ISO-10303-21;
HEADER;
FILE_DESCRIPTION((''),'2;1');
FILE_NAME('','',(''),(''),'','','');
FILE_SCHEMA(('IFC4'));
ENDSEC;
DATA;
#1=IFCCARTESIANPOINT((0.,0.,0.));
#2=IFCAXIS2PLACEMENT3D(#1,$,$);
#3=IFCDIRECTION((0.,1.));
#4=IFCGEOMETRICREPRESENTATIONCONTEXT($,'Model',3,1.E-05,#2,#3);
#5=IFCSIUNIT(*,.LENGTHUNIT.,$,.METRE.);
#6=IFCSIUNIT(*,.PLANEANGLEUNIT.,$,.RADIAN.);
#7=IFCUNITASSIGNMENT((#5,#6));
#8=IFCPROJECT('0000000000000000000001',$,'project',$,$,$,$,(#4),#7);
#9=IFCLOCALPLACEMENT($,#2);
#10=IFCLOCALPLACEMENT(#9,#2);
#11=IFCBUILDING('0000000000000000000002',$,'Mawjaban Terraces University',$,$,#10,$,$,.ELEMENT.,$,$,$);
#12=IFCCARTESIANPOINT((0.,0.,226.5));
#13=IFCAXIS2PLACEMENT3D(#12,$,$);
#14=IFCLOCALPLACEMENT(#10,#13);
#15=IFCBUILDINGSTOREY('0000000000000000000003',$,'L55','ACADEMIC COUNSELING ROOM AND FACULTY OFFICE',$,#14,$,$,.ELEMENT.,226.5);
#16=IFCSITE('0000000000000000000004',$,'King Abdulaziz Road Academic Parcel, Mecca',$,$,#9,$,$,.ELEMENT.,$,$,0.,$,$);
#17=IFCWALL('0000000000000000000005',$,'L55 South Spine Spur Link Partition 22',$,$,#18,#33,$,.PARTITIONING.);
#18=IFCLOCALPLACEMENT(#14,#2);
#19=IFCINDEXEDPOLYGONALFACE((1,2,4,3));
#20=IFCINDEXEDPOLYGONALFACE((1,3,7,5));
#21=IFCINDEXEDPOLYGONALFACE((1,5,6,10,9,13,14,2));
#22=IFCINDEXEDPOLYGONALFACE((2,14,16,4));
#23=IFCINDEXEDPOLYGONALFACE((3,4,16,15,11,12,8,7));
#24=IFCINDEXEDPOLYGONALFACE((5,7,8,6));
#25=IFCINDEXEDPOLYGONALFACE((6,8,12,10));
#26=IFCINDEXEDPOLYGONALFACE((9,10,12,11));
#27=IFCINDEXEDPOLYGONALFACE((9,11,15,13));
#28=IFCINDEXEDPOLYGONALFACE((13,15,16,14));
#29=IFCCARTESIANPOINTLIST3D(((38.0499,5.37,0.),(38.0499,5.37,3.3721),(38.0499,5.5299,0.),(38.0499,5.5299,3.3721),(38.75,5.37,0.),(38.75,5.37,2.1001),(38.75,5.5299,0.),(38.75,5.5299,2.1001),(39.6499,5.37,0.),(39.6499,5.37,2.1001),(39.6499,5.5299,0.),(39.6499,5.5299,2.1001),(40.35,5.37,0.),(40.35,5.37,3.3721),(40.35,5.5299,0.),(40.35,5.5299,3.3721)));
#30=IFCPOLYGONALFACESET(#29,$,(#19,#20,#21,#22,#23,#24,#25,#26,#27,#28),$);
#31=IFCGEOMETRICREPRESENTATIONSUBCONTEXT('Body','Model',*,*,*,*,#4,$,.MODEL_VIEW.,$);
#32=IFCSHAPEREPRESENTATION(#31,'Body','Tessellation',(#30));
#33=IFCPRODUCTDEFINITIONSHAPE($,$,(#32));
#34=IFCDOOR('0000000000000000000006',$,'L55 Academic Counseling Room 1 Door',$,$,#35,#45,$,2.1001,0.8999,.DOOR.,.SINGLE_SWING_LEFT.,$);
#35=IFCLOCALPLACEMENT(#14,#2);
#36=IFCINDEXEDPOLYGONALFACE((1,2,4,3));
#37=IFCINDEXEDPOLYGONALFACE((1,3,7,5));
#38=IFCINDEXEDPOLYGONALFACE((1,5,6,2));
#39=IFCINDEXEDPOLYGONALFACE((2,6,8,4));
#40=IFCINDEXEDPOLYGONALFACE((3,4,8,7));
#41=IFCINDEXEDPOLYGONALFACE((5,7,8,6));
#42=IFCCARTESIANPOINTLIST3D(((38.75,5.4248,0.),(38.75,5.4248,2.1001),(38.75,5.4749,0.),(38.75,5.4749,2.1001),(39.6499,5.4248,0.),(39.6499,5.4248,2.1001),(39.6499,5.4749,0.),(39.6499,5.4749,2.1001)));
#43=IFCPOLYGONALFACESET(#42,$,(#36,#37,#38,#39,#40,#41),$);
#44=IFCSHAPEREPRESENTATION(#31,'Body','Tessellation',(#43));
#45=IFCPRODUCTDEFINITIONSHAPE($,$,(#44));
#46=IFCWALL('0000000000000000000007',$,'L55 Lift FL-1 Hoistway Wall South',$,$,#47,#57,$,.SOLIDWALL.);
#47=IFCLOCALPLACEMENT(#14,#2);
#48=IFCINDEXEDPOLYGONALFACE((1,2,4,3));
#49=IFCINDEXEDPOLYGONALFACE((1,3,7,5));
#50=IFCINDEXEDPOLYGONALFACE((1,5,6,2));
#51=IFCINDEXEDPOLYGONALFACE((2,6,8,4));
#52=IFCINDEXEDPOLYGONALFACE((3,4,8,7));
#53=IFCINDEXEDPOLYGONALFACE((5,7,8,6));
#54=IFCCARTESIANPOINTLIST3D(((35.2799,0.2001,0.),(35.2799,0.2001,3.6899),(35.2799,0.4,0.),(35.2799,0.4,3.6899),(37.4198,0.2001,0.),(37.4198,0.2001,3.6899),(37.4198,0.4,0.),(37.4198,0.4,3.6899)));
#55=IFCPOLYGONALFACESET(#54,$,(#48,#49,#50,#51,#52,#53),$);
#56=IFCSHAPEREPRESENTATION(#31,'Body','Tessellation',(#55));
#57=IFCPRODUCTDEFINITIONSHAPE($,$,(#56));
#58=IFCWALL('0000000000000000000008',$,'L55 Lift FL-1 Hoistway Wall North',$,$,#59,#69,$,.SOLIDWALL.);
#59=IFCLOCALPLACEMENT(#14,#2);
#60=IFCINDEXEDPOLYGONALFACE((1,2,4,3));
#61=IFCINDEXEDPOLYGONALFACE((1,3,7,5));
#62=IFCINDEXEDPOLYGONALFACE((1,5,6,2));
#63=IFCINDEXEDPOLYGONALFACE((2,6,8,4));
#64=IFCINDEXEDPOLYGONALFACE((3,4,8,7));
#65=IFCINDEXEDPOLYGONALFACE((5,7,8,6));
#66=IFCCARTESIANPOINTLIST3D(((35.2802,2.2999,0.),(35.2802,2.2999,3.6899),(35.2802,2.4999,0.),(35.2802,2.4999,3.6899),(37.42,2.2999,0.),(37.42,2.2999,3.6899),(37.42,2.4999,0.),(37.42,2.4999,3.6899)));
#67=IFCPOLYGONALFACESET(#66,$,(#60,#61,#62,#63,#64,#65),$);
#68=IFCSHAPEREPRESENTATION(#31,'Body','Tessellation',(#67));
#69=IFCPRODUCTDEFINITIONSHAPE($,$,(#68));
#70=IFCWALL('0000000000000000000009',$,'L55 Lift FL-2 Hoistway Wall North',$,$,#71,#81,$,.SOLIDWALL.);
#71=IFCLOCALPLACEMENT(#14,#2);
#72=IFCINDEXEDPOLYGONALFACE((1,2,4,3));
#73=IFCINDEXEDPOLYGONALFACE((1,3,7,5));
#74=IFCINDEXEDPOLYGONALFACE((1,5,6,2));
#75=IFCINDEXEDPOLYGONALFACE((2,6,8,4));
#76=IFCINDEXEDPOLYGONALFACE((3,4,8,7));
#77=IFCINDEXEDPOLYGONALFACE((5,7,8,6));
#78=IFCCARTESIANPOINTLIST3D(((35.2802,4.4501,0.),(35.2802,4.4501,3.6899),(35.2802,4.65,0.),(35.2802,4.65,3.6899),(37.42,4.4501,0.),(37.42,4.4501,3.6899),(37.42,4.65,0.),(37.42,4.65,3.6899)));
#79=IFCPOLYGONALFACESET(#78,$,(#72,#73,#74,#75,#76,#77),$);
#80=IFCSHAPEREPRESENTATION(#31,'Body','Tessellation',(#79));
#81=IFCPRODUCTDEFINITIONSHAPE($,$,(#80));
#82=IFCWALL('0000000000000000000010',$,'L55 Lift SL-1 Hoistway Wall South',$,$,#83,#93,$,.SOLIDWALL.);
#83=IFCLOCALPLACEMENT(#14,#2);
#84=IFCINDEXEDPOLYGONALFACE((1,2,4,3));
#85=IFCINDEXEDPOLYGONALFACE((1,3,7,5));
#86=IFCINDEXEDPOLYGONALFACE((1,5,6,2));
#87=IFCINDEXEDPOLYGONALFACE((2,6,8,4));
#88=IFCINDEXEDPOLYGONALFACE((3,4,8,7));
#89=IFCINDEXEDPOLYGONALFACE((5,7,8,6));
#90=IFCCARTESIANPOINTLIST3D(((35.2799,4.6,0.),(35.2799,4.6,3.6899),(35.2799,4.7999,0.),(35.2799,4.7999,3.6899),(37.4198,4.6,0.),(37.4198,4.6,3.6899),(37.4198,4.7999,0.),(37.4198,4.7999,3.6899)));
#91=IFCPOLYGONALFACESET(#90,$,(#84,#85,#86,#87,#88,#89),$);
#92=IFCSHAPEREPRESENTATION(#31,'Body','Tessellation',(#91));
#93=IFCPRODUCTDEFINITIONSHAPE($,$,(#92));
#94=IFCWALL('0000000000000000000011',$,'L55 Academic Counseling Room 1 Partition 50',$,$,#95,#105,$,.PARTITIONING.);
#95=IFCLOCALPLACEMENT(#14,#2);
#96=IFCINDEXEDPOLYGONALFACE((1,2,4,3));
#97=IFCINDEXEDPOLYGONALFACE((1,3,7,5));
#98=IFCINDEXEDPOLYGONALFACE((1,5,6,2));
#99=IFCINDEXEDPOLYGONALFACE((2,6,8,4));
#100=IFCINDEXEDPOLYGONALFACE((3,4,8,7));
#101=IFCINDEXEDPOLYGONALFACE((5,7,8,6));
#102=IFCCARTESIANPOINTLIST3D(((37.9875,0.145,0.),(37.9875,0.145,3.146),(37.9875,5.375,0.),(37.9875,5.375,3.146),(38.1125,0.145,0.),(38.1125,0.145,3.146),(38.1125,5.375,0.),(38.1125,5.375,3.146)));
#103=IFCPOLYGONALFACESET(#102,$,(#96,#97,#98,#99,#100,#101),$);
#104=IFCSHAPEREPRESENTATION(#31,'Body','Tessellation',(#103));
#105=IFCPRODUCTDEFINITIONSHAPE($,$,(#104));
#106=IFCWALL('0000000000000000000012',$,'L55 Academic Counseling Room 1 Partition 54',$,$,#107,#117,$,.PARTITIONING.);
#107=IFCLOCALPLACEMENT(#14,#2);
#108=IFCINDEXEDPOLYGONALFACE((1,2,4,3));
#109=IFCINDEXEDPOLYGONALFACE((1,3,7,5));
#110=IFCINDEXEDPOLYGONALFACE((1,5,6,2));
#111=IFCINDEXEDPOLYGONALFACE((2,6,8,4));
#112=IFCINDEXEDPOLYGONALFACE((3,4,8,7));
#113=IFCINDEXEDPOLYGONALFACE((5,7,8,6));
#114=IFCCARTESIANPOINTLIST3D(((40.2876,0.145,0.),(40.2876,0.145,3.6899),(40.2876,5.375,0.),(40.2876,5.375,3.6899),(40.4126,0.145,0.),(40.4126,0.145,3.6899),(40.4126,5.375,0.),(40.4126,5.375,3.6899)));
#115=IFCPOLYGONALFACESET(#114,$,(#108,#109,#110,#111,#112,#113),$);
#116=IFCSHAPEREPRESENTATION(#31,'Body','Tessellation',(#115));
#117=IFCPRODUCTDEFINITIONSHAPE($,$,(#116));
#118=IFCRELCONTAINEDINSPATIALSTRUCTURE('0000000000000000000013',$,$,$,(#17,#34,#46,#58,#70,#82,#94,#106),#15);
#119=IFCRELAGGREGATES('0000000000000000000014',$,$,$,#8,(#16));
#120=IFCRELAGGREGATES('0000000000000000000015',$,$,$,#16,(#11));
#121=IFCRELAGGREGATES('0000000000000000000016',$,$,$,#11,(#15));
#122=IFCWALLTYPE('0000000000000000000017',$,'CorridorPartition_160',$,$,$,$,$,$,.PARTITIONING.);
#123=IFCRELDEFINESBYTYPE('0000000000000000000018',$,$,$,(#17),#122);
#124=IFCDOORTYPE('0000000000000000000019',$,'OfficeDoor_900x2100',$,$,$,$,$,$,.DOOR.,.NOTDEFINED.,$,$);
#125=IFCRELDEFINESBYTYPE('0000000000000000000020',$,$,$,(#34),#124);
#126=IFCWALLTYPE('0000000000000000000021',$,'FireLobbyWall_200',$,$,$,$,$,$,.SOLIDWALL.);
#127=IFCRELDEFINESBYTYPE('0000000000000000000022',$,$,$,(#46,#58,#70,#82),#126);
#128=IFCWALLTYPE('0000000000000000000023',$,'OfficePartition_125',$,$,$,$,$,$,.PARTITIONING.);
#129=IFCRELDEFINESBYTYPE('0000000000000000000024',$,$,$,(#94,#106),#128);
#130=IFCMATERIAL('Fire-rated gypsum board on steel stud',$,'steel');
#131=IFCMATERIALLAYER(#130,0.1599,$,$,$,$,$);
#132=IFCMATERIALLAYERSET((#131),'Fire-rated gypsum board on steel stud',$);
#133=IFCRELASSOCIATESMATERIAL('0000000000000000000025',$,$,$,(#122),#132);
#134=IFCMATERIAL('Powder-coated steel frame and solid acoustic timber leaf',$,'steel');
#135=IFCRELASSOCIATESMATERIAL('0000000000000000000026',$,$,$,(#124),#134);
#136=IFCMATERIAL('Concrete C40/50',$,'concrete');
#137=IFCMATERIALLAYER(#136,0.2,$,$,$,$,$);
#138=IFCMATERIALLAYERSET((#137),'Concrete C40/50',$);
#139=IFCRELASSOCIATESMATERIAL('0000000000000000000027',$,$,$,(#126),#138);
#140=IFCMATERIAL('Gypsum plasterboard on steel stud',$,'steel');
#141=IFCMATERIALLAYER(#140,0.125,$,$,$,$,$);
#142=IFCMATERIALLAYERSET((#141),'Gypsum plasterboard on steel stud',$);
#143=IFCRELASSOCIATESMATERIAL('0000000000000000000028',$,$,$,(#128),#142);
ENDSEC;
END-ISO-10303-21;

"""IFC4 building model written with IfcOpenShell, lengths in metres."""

from ifc_helpers import new_model, si_unit, direction, frame, frame_2d, origin, place, context, subcontext, project, spatial, rectangle, extrude, material, layer, layer_set, type_object, element, fill, save


model = new_model("IFC4")

# Units and contexts
model_context = context("Model", 3, precision=1e-05, world=origin(), true_north=direction((0.0, 1.0)))
body_context = subcontext(model_context, "Body", "Model", "MODEL_VIEW")
ifc_project = project(units=[si_unit("LENGTHUNIT", "METRE"), si_unit("PLANEANGLEUNIT", "RADIAN")], contexts=[model_context])

# Site, building, storey
site_placement = place(None, origin())
site = spatial("IfcSite", under=ifc_project, at=site_placement, Name="King Abdulaziz Road Academic Parcel, Mecca", CompositionType="ELEMENT", RefElevation=0.0)
building_placement = place(site_placement, origin())
building = spatial("IfcBuilding", under=site, at=building_placement, Name="Mawjaban Terraces University", CompositionType="ELEMENT")
storey_placement = place(building_placement, frame((0.0, 0.0, 226.5)))
storey = spatial("IfcBuildingStorey", under=building, at=storey_placement, Name="L55", Description="ACADEMIC COUNSELING ROOM AND FACULTY OFFICE", CompositionType="ELEMENT", Elevation=226.5)

# Wall, opening, door
ifc_material_1 = material(Name="Fire-rated gypsum board on steel stud", Category="steel")
ifc_layer_1 = layer(ifc_material_1, 0.1599)
ifc_layer_set_1 = layer_set([ifc_layer_1], Name="Fire-rated gypsum board on steel stud")
wall_type_1 = type_object("IfcWallType", Name="CorridorPartition_160", PredefinedType="PARTITIONING", material=ifc_layer_set_1)
wall_1_placement = place(storey_placement, frame((38.05, 5.45, 0.0), z_axis=(0.0, 0.0, 1.0), x_axis=(1.0, 0.0, 0.0)))
wall_1 = element("IfcWall", 1, at=wall_1_placement, inside=storey, type_object=wall_type_1, Name="L55 South Spine Spur Link Partition 22", PredefinedType="PARTITIONING", context=body_context, shape_type="SweptSolid", body=[
    extrude(rectangle(XDim=2.3, YDim=0.1599, at=frame_2d((1.1499, 0.0))), origin(), (0.0, 0.0, 1.0), 3.3721),
])
opening_placement = place(wall_1_placement, frame((0.7, 0.0, 0.0)))
opening = element("IfcOpeningElement", 2, at=opening_placement, cuts=wall_1, PredefinedType="OPENING", context=body_context, shape_type="SweptSolid", body=[
    extrude(rectangle(XDim=0.8999, YDim=2.1001, at=frame_2d((0.45, 1.05))), frame((0.0, 0.0898, 0.0), z_axis=(0.0, -1.0, 0.0), x_axis=(1.0, 0.0, 0.0)), (0.0, 0.0, 1.0), 0.1799),
])
ifc_material_2 = material(Name="Powder-coated steel frame and solid acoustic timber leaf", Category="steel")
door_type = type_object("IfcDoorType", Name="OfficeDoor_900x2100", OperationType="NOTDEFINED", PredefinedType="DOOR", material=ifc_material_2)
door_placement = place(opening_placement, origin())
door = element("IfcDoor", 3, at=door_placement, inside=storey, type_object=door_type, Name="L55 Academic Counseling Room 1 Door", OperationType="SINGLE_SWING_LEFT", OverallHeight=2.1001, OverallWidth=0.8999, PredefinedType="DOOR", context=body_context, shape_type="SweptSolid", body=[
    extrude(rectangle(XDim=0.8999, YDim=2.1001, at=frame_2d((0.45, 1.05))), frame((0.0, 0.0249, 0.0), z_axis=(0.0, -1.0, 0.0), x_axis=(1.0, 0.0, 0.0)), (0.0, 0.0, 1.0), 0.05),
])
fill(opening, door)

# Walls
ifc_material_3 = material(Name="Concrete C40/50", Category="concrete")
ifc_layer_2 = layer(ifc_material_3, 0.2)
ifc_layer_set_2 = layer_set([ifc_layer_2], Name="Concrete C40/50")
wall_type_2 = type_object("IfcWallType", Name="FireLobbyWall_200", PredefinedType="SOLIDWALL", material=ifc_layer_set_2)
for number, where, z_axis, x_axis, name in (
    (4, (35.28, 0.3, 0.0), (0.0, 0.0, 1.0), (1.0, 0.0, 0.0), "L55 Lift FL-1 Hoistway Wall South"),
    (5, (37.4199, 2.3999, 0.0), (0.0, 0.0, 1.0), (-1.0, 0.0, 0.0), "L55 Lift FL-1 Hoistway Wall North"),
    (6, (37.4199, 4.55, 0.0), (0.0, 0.0, 1.0), (-1.0, 0.0, 0.0), "L55 Lift FL-2 Hoistway Wall North"),
    (7, (35.28, 4.7, 0.0), (0.0, 0.0, 1.0), (1.0, 0.0, 0.0), "L55 Lift SL-1 Hoistway Wall South"),
):
    element("IfcWall", number, at=place(storey_placement, frame(where, z_axis=z_axis, x_axis=x_axis)), inside=storey, type_object=wall_type_2, Name=name, PredefinedType="SOLIDWALL", context=body_context, shape_type="SweptSolid", body=[
        extrude(rectangle(XDim=2.1399, YDim=0.2, at=frame_2d((1.0698, 0.0))), origin(), (0.0, 0.0, 1.0), 3.6899),
    ])
ifc_material_4 = material(Name="Gypsum plasterboard on steel stud", Category="steel")
ifc_layer_3 = layer(ifc_material_4, 0.125)
ifc_layer_set_3 = layer_set([ifc_layer_3], Name="Gypsum plasterboard on steel stud")
wall_type_3 = type_object("IfcWallType", Name="OfficePartition_125", PredefinedType="PARTITIONING", material=ifc_layer_set_3)
wall_2_placement = place(storey_placement, frame((38.05, 5.375, 0.0), z_axis=(0.0, 0.0, 1.0), x_axis=(0.0, -1.0, 0.0)))
element("IfcWall", 8, at=wall_2_placement, inside=storey, type_object=wall_type_3, Name="L55 Academic Counseling Room 1 Partition 50", PredefinedType="PARTITIONING", context=body_context, shape_type="SweptSolid", body=[
    extrude(rectangle(XDim=5.23, YDim=0.125, at=frame_2d((2.615, 0.0))), origin(), (0.0, 0.0, 1.0), 3.146),
])
wall_3_placement = place(storey_placement, frame((40.3501, 0.145, 0.0), z_axis=(0.0, 0.0, 1.0), x_axis=(0.0, 1.0, 0.0)))
element("IfcWall", 9, at=wall_3_placement, inside=storey, type_object=wall_type_3, Name="L55 Academic Counseling Room 1 Partition 54", PredefinedType="PARTITIONING", context=body_context, shape_type="SweptSolid", body=[
    extrude(rectangle(XDim=5.23, YDim=0.125, at=frame_2d((2.615, 0.0))), origin(), (0.0, 0.0, 1.0), 3.6899),
])

save(model, "model.ifc")
